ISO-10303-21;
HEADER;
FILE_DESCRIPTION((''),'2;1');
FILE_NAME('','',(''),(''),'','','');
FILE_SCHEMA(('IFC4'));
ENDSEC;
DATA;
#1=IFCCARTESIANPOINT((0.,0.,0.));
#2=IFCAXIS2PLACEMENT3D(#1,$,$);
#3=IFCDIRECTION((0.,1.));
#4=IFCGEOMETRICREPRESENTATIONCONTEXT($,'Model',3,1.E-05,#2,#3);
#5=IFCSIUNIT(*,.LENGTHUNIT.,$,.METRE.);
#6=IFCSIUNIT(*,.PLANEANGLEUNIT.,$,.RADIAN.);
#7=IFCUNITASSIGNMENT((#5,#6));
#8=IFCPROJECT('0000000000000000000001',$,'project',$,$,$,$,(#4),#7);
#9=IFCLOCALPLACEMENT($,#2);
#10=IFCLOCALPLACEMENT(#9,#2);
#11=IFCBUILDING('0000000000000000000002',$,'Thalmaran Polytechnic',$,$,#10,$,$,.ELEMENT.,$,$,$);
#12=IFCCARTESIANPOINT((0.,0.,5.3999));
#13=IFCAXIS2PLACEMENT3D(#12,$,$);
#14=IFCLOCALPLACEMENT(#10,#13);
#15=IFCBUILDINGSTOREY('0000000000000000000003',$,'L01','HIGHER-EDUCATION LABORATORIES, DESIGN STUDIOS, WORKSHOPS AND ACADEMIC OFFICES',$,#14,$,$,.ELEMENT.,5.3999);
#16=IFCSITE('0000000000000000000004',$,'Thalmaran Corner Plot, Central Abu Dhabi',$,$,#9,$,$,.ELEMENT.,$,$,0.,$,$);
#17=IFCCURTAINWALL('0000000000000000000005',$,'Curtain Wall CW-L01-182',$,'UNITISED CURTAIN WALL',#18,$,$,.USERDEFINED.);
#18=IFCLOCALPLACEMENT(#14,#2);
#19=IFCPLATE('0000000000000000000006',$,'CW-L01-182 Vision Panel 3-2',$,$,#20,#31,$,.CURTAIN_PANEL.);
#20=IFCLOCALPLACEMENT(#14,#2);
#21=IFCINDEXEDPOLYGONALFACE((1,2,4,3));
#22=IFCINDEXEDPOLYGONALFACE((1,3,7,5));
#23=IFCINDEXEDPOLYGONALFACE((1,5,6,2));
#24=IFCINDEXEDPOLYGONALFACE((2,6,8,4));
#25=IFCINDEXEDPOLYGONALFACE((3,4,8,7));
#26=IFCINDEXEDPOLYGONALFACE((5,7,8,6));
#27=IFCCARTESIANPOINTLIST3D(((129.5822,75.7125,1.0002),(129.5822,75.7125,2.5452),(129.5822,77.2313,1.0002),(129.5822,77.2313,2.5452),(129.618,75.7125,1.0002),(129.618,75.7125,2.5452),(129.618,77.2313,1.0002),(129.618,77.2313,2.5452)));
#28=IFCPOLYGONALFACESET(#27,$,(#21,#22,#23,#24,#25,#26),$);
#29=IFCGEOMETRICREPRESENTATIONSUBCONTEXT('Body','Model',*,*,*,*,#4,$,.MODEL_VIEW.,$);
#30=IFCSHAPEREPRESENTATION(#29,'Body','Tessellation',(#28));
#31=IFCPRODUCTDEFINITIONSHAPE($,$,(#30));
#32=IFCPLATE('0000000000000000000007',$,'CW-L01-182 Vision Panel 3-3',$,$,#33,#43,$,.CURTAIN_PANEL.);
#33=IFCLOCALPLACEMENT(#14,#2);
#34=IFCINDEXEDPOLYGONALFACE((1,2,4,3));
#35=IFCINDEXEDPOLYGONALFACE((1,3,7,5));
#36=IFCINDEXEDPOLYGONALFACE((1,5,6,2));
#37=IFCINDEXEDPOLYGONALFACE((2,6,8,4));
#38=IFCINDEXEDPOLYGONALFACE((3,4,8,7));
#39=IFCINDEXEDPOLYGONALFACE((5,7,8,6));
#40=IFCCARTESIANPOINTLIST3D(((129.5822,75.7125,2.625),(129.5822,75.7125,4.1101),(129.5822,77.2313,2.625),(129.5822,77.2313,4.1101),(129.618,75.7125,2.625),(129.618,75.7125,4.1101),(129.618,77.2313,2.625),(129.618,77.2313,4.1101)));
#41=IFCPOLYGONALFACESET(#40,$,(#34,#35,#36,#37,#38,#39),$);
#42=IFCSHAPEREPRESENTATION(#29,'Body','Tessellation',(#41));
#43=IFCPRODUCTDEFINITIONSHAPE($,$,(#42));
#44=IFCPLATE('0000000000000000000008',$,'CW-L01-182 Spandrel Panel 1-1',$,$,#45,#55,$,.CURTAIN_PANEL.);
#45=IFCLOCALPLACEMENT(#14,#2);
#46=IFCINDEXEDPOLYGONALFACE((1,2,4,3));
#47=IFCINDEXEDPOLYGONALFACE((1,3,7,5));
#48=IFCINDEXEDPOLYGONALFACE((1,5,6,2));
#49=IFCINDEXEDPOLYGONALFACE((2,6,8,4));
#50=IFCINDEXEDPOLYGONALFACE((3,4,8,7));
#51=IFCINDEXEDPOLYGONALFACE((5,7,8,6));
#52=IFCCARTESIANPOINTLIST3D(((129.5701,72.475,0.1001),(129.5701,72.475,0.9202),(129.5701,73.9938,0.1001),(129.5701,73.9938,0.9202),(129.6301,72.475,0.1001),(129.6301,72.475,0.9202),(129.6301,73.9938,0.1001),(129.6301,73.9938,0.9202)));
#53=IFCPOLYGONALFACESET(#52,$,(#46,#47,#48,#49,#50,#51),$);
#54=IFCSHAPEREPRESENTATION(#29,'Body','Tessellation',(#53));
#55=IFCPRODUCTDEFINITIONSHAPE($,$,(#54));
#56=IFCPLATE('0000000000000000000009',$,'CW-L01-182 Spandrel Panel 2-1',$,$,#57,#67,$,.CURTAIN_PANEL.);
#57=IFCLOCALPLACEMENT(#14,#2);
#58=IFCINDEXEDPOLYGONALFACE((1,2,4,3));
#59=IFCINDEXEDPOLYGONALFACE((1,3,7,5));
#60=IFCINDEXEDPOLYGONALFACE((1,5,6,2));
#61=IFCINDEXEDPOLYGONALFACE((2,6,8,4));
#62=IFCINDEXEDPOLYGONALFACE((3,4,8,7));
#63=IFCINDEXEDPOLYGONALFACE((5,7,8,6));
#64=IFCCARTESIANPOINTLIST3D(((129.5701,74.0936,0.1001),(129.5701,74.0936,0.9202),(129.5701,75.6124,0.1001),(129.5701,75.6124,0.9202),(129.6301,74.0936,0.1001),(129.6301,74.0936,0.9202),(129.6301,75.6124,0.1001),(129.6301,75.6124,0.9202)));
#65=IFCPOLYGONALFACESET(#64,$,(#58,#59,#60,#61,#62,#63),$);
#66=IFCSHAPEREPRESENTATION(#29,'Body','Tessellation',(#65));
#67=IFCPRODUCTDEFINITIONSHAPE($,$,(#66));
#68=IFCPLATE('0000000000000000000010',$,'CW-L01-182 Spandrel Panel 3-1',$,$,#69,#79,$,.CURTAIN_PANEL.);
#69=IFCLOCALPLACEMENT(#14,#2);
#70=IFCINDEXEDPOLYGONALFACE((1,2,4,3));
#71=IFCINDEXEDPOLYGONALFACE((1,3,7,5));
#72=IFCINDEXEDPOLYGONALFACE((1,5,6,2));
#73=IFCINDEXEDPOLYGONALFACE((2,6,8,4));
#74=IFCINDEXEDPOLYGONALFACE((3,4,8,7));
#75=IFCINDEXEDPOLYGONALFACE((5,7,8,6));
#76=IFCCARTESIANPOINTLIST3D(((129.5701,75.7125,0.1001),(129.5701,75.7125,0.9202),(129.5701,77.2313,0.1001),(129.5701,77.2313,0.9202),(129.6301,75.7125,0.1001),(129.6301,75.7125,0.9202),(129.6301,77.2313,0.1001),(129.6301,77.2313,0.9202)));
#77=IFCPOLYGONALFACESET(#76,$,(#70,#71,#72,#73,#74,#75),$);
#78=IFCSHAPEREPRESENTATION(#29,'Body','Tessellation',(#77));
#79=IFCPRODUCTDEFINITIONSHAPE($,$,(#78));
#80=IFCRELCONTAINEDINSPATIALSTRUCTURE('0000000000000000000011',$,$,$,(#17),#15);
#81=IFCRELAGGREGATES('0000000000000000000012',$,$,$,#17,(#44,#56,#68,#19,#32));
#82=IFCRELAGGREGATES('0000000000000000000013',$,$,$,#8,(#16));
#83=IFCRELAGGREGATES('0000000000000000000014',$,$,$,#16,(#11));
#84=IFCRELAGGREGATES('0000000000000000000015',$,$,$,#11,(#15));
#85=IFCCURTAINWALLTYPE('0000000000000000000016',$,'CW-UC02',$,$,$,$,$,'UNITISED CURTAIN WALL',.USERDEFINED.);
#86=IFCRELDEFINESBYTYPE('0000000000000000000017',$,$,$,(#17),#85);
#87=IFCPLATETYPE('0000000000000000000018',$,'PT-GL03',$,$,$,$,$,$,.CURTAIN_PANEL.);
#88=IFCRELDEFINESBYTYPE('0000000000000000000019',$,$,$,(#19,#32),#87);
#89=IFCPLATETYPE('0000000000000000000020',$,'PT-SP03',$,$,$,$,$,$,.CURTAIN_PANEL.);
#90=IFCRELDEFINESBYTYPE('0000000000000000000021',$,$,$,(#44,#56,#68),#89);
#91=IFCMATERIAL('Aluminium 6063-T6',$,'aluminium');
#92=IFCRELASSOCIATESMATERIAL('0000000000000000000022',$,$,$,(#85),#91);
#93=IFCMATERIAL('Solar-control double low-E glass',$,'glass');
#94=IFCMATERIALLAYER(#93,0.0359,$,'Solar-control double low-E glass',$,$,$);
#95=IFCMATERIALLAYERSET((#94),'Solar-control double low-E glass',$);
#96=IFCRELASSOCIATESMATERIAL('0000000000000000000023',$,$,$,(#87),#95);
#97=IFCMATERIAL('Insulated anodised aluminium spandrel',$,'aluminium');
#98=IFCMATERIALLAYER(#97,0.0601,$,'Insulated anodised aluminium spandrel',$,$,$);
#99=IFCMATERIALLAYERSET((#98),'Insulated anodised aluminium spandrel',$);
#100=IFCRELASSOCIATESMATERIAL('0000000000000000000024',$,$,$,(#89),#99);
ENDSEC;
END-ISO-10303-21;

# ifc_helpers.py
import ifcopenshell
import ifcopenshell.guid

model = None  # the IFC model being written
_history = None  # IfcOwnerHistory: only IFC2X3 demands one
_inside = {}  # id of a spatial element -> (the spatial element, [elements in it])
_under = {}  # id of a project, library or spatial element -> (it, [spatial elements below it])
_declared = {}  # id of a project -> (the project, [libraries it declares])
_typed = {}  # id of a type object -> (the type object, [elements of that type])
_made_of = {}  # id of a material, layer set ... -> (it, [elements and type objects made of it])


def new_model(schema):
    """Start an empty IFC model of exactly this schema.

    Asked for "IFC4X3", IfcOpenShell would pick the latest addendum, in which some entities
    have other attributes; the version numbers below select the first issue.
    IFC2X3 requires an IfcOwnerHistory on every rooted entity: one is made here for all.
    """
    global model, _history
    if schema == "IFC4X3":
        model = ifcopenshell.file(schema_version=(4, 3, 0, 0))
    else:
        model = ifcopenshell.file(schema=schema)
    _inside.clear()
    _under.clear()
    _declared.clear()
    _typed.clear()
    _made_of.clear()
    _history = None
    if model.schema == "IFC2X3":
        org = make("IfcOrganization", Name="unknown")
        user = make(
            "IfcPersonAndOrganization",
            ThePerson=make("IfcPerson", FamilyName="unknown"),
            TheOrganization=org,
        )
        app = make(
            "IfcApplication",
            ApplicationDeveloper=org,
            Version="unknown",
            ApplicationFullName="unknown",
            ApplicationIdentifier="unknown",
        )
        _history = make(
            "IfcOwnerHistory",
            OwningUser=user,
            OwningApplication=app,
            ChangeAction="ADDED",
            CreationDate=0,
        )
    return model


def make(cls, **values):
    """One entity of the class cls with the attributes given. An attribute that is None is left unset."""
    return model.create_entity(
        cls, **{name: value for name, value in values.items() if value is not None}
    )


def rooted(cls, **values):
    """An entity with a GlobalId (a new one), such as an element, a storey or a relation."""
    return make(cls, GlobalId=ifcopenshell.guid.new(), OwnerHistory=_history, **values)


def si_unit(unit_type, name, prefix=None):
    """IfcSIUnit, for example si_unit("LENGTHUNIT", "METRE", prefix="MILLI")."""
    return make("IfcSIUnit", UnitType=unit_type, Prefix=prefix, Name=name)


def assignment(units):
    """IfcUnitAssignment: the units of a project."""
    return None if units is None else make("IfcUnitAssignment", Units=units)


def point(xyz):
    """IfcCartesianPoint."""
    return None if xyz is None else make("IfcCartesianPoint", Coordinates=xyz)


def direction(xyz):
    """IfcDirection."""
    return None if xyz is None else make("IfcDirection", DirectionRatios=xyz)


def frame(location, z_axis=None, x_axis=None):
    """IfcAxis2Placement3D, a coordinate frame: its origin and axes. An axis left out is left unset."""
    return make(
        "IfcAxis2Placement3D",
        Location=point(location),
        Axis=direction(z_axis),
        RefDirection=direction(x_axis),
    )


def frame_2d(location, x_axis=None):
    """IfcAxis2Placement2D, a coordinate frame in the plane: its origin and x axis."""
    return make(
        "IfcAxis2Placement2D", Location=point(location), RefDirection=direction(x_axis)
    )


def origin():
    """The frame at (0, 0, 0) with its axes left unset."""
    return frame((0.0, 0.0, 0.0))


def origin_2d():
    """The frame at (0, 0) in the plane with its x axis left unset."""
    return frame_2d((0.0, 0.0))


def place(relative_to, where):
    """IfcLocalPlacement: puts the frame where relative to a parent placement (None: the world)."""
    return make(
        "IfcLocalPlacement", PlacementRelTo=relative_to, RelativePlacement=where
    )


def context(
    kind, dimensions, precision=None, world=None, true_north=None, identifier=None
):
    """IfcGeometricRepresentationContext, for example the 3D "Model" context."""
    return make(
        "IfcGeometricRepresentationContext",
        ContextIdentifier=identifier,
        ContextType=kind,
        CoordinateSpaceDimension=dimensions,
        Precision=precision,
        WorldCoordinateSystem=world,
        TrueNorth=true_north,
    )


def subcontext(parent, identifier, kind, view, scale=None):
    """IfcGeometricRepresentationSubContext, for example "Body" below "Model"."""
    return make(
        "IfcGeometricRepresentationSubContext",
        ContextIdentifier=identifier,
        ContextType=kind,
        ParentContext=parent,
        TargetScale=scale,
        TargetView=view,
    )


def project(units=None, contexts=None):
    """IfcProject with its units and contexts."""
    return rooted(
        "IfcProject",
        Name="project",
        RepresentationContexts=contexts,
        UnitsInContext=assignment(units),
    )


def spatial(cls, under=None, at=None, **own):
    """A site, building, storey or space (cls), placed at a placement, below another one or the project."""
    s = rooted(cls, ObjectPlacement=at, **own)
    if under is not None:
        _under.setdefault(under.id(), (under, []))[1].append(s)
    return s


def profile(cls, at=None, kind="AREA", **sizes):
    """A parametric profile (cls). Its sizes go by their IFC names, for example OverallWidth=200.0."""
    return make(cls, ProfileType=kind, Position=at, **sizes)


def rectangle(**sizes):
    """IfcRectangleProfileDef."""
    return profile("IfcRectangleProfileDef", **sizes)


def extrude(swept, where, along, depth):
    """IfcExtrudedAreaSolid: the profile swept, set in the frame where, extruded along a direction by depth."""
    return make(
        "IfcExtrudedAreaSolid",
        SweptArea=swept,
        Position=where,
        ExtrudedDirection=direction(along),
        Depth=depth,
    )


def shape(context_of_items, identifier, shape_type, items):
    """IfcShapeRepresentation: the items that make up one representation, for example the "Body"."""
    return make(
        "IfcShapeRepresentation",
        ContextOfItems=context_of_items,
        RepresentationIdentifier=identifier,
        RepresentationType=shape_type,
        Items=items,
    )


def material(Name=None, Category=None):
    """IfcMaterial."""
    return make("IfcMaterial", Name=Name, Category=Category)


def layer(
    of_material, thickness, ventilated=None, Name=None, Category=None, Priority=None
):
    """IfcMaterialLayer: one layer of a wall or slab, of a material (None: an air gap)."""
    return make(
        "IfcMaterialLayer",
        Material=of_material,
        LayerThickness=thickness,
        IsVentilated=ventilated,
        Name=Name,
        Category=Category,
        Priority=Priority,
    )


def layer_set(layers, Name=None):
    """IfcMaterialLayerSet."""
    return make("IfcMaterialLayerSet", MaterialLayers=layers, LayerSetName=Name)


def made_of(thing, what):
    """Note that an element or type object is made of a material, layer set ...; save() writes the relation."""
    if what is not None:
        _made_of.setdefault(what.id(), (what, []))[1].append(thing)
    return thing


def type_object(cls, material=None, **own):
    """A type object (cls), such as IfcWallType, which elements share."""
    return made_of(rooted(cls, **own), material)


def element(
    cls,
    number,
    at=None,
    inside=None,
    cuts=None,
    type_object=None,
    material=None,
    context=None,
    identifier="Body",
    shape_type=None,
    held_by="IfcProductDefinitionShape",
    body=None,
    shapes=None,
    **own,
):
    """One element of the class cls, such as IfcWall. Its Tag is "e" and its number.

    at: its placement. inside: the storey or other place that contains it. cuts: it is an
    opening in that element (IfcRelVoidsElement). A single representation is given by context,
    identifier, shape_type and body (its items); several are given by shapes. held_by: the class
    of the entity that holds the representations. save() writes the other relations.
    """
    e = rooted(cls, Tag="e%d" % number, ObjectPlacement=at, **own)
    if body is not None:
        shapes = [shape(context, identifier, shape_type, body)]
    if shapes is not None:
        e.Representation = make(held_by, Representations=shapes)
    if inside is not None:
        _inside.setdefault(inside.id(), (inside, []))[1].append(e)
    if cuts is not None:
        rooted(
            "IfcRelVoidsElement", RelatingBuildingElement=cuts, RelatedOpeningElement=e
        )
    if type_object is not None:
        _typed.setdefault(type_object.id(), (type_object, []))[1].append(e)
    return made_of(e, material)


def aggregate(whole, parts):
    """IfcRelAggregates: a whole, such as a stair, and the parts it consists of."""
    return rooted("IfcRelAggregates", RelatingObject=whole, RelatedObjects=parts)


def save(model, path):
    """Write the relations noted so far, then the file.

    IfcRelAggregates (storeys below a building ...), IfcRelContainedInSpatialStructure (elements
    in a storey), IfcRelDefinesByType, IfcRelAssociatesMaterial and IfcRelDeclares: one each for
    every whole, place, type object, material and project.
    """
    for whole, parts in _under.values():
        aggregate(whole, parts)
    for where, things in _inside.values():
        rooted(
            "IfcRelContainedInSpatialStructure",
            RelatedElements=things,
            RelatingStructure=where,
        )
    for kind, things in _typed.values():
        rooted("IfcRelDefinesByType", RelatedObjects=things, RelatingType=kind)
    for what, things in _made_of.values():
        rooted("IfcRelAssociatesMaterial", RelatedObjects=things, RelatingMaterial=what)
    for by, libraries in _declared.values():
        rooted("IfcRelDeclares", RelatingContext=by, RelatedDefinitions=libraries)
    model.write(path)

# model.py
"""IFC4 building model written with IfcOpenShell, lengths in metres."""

from ifc_helpers import new_model, si_unit, direction, frame, origin, origin_2d, place, context, subcontext, project, spatial, rectangle, extrude, material, layer, layer_set, type_object, element, aggregate, save


model = new_model("IFC4")

# Units and contexts
model_context = context("Model", 3, precision=1e-05, world=origin(), true_north=direction((0.0, 1.0)))
body_context = subcontext(model_context, "Body", "Model", "MODEL_VIEW")
ifc_project = project(units=[si_unit("LENGTHUNIT", "METRE"), si_unit("PLANEANGLEUNIT", "RADIAN")], contexts=[model_context])

# Site, building, storey
site_placement = place(None, origin())
site = spatial("IfcSite", under=ifc_project, at=site_placement, Name="Thalmaran Corner Plot, Central Abu Dhabi", CompositionType="ELEMENT", RefElevation=0.0)
building_placement = place(site_placement, origin())
building = spatial("IfcBuilding", under=site, at=building_placement, Name="Thalmaran Polytechnic", CompositionType="ELEMENT")
storey_placement = place(building_placement, frame((0.0, 0.0, 5.3999)))
storey = spatial("IfcBuildingStorey", under=building, at=storey_placement, Name="L01", Description="HIGHER-EDUCATION LABORATORIES, DESIGN STUDIOS, WORKSHOPS AND ACADEMIC OFFICES", CompositionType="ELEMENT", Elevation=5.3999)

# Curtain wall, plates
ifc_material_1 = material(Name="Aluminium 6063-T6", Category="aluminium")
curtain_wall_type = type_object("IfcCurtainWallType", Name="CW-UC02", ElementType="UNITISED CURTAIN WALL", PredefinedType="USERDEFINED", material=ifc_material_1)
curtain_wall_placement = place(storey_placement, origin())
curtain_wall = element("IfcCurtainWall", 1, at=curtain_wall_placement, inside=storey, type_object=curtain_wall_type, Name="Curtain Wall CW-L01-182", ObjectType="UNITISED CURTAIN WALL", PredefinedType="USERDEFINED")
ifc_material_2 = material(Name="Solar-control double low-E glass", Category="glass")
ifc_layer_1 = layer(ifc_material_2, 0.0359, Name="Solar-control double low-E glass")
ifc_layer_set_1 = layer_set([ifc_layer_1], Name="Solar-control double low-E glass")
plate_type_1 = type_object("IfcPlateType", Name="PT-GL03", PredefinedType="CURTAIN_PANEL", material=ifc_layer_set_1)
plate_1_placement = place(storey_placement, frame((129.6001, 76.4719, 1.0002), z_axis=(0.0, 0.0, 1.0), x_axis=(0.0, 1.0, 0.0)))
plate_1 = element("IfcPlate", 2, at=plate_1_placement, type_object=plate_type_1, Name="CW-L01-182 Vision Panel 3-2", PredefinedType="CURTAIN_PANEL", context=body_context, shape_type="SweptSolid", body=[
    extrude(rectangle(XDim=1.5188, YDim=0.0359, at=origin_2d()), origin(), (0.0, 0.0, 1.0), 1.5449),
])
plate_2_placement = place(storey_placement, frame((129.6001, 76.4719, 2.625), z_axis=(0.0, 0.0, 1.0), x_axis=(0.0, 1.0, 0.0)))
plate_2 = element("IfcPlate", 3, at=plate_2_placement, type_object=plate_type_1, Name="CW-L01-182 Vision Panel 3-3", PredefinedType="CURTAIN_PANEL", context=body_context, shape_type="SweptSolid", body=[
    extrude(rectangle(XDim=1.5188, YDim=0.0359, at=origin_2d()), origin(), (0.0, 0.0, 1.0), 1.4851),
])
ifc_material_3 = material(Name="Insulated anodised aluminium spandrel", Category="aluminium")
ifc_layer_2 = layer(ifc_material_3, 0.0601, Name="Insulated anodised aluminium spandrel")
ifc_layer_set_2 = layer_set([ifc_layer_2], Name="Insulated anodised aluminium spandrel")
plate_type_2 = type_object("IfcPlateType", Name="PT-SP03", PredefinedType="CURTAIN_PANEL", material=ifc_layer_set_2)
plate_3_placement = place(storey_placement, frame((129.6001, 73.2344, 0.1001), z_axis=(0.0, 0.0, 1.0), x_axis=(0.0, 1.0, 0.0)))
plate_3 = element("IfcPlate", 4, at=plate_3_placement, type_object=plate_type_2, Name="CW-L01-182 Spandrel Panel 1-1", PredefinedType="CURTAIN_PANEL", context=body_context, shape_type="SweptSolid", body=[
    extrude(rectangle(XDim=1.5188, YDim=0.0601, at=origin_2d()), origin(), (0.0, 0.0, 1.0), 0.8201),
])
plate_4_placement = place(storey_placement, frame((129.6001, 74.853, 0.1001), z_axis=(0.0, 0.0, 1.0), x_axis=(0.0, 1.0, 0.0)))
plate_4 = element("IfcPlate", 5, at=plate_4_placement, type_object=plate_type_2, Name="CW-L01-182 Spandrel Panel 2-1", PredefinedType="CURTAIN_PANEL", context=body_context, shape_type="SweptSolid", body=[
    extrude(rectangle(XDim=1.5188, YDim=0.0601, at=origin_2d()), origin(), (0.0, 0.0, 1.0), 0.8201),
])
plate_5_placement = place(storey_placement, frame((129.6001, 76.4719, 0.1001), z_axis=(0.0, 0.0, 1.0), x_axis=(0.0, 1.0, 0.0)))
plate_5 = element("IfcPlate", 6, at=plate_5_placement, type_object=plate_type_2, Name="CW-L01-182 Spandrel Panel 3-1", PredefinedType="CURTAIN_PANEL", context=body_context, shape_type="SweptSolid", body=[
    extrude(rectangle(XDim=1.5188, YDim=0.0601, at=origin_2d()), origin(), (0.0, 0.0, 1.0), 0.8201),
])
aggregate(curtain_wall, [plate_3, plate_4, plate_5, plate_1, plate_2])

save(model, "model.ifc")
